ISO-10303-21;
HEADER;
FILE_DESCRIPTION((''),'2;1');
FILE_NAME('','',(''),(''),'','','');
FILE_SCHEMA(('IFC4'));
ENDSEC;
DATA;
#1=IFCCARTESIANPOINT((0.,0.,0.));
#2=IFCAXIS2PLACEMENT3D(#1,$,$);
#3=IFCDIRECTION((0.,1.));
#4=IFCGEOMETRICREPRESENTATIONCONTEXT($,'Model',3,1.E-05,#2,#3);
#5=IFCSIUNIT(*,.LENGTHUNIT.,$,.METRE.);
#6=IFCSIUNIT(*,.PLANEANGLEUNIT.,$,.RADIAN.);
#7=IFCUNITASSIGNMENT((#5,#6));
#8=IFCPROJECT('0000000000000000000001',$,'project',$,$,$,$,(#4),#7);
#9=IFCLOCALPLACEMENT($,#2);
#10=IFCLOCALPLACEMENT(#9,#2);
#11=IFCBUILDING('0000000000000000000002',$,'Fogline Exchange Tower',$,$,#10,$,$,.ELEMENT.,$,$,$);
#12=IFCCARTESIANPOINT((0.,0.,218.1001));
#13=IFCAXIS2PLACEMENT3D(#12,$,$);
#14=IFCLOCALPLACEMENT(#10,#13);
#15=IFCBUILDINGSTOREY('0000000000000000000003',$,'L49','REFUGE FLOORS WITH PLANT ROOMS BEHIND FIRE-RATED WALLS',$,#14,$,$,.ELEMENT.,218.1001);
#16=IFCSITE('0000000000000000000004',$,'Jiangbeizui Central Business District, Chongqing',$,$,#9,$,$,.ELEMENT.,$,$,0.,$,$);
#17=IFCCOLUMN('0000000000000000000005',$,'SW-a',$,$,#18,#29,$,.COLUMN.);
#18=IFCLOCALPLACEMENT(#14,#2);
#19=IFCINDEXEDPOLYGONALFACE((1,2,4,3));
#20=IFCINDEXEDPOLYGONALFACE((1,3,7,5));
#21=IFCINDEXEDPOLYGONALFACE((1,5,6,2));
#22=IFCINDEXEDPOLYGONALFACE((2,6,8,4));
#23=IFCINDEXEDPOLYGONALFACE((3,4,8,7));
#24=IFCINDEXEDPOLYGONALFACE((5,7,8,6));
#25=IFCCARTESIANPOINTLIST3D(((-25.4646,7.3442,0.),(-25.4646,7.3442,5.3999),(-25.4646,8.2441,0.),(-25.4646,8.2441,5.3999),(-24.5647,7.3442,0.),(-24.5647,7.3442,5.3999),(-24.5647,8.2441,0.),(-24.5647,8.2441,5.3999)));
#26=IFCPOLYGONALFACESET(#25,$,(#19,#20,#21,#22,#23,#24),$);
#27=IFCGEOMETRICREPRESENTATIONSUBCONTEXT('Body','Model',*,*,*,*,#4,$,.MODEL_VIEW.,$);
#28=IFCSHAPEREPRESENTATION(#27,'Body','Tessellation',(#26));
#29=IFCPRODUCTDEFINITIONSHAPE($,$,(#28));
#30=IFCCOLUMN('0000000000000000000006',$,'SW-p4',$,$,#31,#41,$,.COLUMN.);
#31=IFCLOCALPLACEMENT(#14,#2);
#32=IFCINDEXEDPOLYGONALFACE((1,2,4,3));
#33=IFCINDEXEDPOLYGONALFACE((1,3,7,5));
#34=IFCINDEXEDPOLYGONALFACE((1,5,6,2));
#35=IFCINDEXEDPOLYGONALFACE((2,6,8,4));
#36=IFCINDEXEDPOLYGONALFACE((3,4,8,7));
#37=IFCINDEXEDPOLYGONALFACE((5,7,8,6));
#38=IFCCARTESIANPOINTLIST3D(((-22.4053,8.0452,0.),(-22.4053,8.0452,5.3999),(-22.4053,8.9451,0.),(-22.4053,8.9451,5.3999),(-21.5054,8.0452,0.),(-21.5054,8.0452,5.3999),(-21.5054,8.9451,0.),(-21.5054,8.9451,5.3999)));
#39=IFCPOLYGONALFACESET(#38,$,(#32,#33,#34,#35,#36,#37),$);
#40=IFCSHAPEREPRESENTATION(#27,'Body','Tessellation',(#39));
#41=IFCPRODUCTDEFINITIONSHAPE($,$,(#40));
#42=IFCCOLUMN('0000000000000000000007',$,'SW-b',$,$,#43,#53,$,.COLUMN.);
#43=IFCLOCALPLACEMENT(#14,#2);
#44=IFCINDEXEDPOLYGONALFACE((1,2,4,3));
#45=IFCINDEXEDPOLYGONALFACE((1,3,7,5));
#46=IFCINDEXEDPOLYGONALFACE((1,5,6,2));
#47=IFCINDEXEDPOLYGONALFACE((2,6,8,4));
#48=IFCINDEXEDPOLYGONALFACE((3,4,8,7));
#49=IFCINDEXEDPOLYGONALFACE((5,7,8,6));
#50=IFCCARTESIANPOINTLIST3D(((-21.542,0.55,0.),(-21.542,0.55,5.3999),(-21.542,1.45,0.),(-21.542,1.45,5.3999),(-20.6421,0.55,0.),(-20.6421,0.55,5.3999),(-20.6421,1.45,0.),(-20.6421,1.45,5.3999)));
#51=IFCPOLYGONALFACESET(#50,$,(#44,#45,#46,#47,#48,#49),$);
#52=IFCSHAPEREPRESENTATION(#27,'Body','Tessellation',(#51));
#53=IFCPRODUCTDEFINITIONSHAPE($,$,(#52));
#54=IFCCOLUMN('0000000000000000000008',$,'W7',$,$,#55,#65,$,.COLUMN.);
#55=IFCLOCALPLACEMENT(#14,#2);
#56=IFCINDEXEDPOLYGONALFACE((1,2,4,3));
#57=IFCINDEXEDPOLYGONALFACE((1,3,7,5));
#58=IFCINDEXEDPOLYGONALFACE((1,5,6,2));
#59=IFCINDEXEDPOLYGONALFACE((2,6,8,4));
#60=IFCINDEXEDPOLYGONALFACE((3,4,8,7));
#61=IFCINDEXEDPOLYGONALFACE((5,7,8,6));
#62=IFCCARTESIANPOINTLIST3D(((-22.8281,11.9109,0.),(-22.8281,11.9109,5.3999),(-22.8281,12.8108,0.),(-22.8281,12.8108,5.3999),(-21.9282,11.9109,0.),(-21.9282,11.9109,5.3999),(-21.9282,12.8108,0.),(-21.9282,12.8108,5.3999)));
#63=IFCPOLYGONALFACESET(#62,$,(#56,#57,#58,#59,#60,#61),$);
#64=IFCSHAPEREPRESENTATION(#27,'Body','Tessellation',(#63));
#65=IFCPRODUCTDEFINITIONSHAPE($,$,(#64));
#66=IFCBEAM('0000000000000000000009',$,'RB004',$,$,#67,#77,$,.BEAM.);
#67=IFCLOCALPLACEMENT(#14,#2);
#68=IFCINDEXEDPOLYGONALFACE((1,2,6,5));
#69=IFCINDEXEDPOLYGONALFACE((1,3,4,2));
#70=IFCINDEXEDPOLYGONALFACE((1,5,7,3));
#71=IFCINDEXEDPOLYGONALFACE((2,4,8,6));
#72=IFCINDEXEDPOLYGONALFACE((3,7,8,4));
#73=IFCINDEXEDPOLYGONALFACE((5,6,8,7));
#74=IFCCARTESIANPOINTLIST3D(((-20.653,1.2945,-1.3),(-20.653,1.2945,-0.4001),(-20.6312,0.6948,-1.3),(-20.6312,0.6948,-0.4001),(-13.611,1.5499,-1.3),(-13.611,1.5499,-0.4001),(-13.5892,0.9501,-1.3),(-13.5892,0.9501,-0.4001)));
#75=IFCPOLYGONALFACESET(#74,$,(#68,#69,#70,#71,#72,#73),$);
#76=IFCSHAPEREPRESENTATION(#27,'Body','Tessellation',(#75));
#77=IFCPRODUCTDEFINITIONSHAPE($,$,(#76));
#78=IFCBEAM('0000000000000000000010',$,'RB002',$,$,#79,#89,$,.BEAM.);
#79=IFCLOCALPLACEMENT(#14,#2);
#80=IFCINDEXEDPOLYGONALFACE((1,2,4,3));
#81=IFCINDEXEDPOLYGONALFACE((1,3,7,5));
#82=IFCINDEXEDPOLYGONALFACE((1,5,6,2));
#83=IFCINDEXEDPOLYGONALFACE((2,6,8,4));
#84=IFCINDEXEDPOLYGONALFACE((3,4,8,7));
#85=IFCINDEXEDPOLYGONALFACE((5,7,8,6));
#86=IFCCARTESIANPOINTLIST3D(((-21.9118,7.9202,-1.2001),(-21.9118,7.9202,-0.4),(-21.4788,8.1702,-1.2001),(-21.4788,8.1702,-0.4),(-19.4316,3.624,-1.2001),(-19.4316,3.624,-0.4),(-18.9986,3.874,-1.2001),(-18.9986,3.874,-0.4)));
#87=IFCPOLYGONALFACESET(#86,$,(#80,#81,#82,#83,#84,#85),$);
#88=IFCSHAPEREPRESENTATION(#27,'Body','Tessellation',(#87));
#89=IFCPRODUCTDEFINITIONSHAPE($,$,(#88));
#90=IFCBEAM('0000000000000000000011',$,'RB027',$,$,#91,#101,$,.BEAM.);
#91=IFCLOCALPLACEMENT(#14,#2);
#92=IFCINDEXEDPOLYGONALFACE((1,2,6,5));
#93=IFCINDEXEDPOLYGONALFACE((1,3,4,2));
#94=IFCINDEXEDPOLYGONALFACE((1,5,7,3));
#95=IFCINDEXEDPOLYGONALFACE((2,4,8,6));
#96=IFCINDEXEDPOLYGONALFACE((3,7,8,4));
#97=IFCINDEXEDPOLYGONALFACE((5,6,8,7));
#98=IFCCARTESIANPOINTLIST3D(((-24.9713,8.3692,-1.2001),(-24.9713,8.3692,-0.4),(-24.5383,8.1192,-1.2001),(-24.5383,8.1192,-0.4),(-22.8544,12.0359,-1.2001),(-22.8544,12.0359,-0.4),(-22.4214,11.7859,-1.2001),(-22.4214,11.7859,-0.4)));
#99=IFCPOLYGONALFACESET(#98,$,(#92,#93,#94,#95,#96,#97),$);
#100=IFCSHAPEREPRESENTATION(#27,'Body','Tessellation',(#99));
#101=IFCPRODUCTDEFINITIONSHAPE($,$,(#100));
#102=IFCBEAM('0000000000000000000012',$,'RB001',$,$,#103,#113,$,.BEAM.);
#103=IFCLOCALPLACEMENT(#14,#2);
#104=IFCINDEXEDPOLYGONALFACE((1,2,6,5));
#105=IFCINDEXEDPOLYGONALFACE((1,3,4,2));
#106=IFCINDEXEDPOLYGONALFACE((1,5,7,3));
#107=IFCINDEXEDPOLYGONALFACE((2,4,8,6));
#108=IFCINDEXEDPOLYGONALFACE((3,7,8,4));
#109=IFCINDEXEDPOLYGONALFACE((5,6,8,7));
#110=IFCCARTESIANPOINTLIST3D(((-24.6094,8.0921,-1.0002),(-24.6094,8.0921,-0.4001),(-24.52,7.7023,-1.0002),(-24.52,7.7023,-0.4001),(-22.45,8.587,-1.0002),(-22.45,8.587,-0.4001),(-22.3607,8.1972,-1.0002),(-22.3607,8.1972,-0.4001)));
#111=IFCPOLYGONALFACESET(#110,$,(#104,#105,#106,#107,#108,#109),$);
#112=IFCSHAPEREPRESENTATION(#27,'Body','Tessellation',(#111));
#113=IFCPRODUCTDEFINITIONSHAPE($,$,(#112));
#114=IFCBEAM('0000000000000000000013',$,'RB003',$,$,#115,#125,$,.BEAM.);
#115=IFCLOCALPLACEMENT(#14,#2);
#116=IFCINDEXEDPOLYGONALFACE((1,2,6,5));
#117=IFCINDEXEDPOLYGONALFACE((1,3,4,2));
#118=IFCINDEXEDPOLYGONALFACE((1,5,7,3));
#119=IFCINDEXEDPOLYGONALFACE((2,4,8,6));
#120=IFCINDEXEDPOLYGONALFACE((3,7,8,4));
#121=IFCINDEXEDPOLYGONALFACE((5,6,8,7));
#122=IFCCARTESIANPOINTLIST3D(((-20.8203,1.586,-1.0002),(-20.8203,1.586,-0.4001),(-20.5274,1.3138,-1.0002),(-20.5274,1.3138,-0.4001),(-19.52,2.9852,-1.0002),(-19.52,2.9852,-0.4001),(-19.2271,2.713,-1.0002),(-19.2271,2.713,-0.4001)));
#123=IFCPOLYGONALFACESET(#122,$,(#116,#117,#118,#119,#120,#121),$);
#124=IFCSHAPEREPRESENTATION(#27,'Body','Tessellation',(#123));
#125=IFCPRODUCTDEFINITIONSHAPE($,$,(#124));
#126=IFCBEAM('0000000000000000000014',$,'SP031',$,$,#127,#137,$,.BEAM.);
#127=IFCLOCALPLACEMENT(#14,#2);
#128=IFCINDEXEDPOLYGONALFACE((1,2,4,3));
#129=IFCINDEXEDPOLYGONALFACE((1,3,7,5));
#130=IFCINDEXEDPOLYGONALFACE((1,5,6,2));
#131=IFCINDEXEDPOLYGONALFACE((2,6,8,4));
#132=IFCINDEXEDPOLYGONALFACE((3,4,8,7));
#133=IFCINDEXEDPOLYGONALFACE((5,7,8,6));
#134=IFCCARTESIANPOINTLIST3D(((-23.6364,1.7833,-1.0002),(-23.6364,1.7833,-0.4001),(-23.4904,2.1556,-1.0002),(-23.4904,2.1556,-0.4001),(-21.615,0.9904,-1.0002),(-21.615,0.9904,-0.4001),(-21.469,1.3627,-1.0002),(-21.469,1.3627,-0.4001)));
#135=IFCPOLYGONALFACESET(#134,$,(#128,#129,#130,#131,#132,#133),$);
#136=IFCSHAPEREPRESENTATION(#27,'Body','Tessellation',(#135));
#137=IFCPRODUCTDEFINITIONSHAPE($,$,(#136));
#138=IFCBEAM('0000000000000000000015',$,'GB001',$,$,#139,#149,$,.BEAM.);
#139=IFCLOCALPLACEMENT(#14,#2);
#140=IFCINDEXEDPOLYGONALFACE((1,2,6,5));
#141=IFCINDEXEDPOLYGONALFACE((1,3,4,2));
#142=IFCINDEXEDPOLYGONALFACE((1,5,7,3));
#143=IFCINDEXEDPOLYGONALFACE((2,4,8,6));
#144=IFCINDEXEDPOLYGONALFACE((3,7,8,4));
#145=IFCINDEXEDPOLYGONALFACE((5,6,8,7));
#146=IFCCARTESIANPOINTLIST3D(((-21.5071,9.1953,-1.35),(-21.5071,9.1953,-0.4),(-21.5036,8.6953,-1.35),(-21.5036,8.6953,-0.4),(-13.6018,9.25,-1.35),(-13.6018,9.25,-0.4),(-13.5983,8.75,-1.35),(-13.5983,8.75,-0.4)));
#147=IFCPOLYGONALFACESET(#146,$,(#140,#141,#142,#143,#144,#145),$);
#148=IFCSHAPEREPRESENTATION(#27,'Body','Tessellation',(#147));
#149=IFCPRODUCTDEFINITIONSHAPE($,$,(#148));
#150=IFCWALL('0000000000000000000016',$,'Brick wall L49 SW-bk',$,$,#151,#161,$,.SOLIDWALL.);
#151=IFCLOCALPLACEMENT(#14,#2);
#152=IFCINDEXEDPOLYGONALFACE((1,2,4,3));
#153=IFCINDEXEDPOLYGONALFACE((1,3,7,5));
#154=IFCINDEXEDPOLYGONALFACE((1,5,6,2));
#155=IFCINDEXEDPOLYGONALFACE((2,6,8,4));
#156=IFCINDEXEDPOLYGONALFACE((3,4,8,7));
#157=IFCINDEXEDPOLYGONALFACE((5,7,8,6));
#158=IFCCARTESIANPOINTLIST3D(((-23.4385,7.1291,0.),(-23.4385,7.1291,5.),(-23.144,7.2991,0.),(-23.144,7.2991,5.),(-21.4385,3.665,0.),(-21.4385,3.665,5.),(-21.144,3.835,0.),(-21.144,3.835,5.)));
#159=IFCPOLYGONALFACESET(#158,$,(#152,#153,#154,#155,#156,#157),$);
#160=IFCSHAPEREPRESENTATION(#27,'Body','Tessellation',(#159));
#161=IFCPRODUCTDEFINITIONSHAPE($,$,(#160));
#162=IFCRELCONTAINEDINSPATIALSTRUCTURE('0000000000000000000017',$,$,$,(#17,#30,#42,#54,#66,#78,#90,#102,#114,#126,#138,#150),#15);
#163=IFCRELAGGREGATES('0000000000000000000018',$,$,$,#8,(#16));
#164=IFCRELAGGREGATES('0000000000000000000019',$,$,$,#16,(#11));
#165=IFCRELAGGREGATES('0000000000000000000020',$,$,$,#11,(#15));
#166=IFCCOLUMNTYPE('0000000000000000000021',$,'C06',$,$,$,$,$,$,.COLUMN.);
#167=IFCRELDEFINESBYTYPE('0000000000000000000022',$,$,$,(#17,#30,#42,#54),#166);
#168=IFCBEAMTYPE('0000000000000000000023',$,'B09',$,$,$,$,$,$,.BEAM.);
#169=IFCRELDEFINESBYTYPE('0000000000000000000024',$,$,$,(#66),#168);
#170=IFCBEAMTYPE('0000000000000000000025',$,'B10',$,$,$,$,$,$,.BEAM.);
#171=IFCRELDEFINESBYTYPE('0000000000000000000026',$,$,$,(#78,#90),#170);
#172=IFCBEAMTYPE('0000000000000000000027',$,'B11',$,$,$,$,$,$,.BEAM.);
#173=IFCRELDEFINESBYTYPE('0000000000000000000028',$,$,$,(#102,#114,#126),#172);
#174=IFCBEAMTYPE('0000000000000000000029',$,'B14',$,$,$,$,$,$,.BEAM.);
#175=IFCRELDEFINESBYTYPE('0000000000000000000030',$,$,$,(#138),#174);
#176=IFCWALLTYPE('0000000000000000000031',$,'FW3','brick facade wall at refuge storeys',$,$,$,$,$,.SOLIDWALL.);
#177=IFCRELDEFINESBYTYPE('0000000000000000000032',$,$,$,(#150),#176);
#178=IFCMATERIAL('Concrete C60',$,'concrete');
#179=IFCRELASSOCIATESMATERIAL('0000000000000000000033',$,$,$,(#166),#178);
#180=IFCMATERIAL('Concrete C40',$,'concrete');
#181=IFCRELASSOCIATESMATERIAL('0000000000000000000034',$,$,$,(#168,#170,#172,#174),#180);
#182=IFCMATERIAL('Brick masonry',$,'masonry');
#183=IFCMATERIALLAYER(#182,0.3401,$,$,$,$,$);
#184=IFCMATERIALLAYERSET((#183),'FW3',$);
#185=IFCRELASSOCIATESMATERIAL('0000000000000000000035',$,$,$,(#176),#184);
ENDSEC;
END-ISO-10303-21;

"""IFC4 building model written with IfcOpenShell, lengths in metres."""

from ifc_helpers import new_model, si_unit, direction, frame, frame_2d, origin, origin_2d, place, context, subcontext, project, spatial, rectangle, extrude, material, layer, layer_set, material_profile, profile_set, type_object, element, save


model = new_model("IFC4")

# Units and contexts
model_context = context("Model", 3, precision=1e-05, world=origin(), true_north=direction((0.0, 1.0)))
body_context = subcontext(model_context, "Body", "Model", "MODEL_VIEW")
ifc_project = project(units=[si_unit("LENGTHUNIT", "METRE"), si_unit("PLANEANGLEUNIT", "RADIAN")], contexts=[model_context])

# Site, building, storey
site_placement = place(None, origin())
site = spatial("IfcSite", under=ifc_project, at=site_placement, Name="Jiangbeizui Central Business District, Chongqing", CompositionType="ELEMENT", RefElevation=0.0)
building_placement = place(site_placement, origin())
building = spatial("IfcBuilding", under=site, at=building_placement, Name="Fogline Exchange Tower", CompositionType="ELEMENT")
storey_placement = place(building_placement, frame((0.0, 0.0, 218.1001)))
storey = spatial("IfcBuildingStorey", under=building, at=storey_placement, Name="L49", Description="REFUGE FLOORS WITH PLANT ROOMS BEHIND FIRE-RATED WALLS", CompositionType="ELEMENT", Elevation=218.1001)

# Columns
ifc_material_1 = material(Name="Concrete C60", Category="concrete")
ifc_material_profile_1 = material_profile(ifc_material_1, rectangle(XDim=0.8999, YDim=0.8999, at=origin_2d()), Name="RC 900x900")
ifc_profile_set_1 = profile_set([ifc_material_profile_1], Name="Concrete C60")
column_type = type_object("IfcColumnType", Name="C06", PredefinedType="COLUMN", material=ifc_profile_set_1)
for number, where, z_axis, x_axis, name in (
    (1, (-25.0146, 7.7942, 0.0), (0.0, 0.0, 1.0), (1.0, 0.0, 0.0), "SW-a"),
    (2, (-21.9553, 8.4951, 0.0), (0.0, 0.0, 1.0), (1.0, 0.0, 0.0), "SW-p4"),
    (3, (-21.092, 1.0, 0.0), (0.0, 0.0, 1.0), (1.0, 0.0, 0.0), "SW-b"),
    (4, (-22.3782, 12.3608, 0.0), (0.0, 0.0, 1.0), (1.0, 0.0, 0.0), "W7"),
):
    element("IfcColumn", number, at=place(storey_placement, frame(where, z_axis=z_axis, x_axis=x_axis)), inside=storey, type_object=column_type, Name=name, PredefinedType="COLUMN", context=body_context, shape_type="SweptSolid", body=[
        extrude(rectangle(XDim=0.8999, YDim=0.8999, at=origin_2d()), origin(), (0.0, 0.0, 1.0), 5.3999),
    ])

# Beams
ifc_material_2 = material(Name="Concrete C40", Category="concrete")
ifc_material_profile_2 = material_profile(ifc_material_2, rectangle(XDim=0.6001, YDim=0.8999, at=origin_2d()), Name="RC 600x900")
ifc_profile_set_2 = profile_set([ifc_material_profile_2], Name="Concrete C40")
beam_type_1 = type_object("IfcBeamType", Name="B09", PredefinedType="BEAM", material=ifc_profile_set_2)
beam_1_placement = place(storey_placement, frame((-20.6421, 0.9946, -0.8501), z_axis=(0.999343, 0.03624, 0.0), x_axis=(-0.03624, 0.999343, 0.0)))
element("IfcBeam", 5, at=beam_1_placement, inside=storey, type_object=beam_type_1, Name="RB004", PredefinedType="BEAM", context=body_context, shape_type="SweptSolid", body=[
    extrude(rectangle(XDim=0.6001, YDim=0.8999, at=origin_2d()), origin(), (0.0, 0.0, 1.0), 7.0466),
])
ifc_material_profile_3 = material_profile(ifc_material_2, rectangle(XDim=0.5, YDim=0.8, at=origin_2d()), Name="RC 500x800")
ifc_profile_set_3 = profile_set([ifc_material_profile_3], Name="Concrete C40")
beam_type_2 = type_object("IfcBeamType", Name="B10", PredefinedType="BEAM", material=ifc_profile_set_3)
beam_2_placement = place(storey_placement, frame((-21.6953, 8.0452, -0.8), z_axis=(0.499977, -0.866039, 0.0), x_axis=(0.866039, 0.499977, 0.0)))
element("IfcBeam", 6, at=beam_2_placement, inside=storey, type_object=beam_type_2, Name="RB002", PredefinedType="BEAM", context=body_context, shape_type="SweptSolid", body=[
    extrude(rectangle(XDim=0.5, YDim=0.8, at=origin_2d()), origin(), (0.0, 0.0, 1.0), 4.9607),
])
beam_3_placement = place(storey_placement, frame((-22.6379, 11.9109, -0.8), z_axis=(-0.49999, -0.866031, 0.0), x_axis=(0.866031, -0.49999, 0.0)))
element("IfcBeam", 7, at=beam_3_placement, inside=storey, type_object=beam_type_2, Name="RB027", PredefinedType="BEAM", context=body_context, shape_type="SweptSolid", body=[
    extrude(rectangle(XDim=0.5, YDim=0.8, at=origin_2d()), origin(), (0.0, 0.0, 1.0), 4.2339),
])
ifc_material_profile_4 = material_profile(ifc_material_2, rectangle(XDim=0.3999, YDim=0.6001, at=origin_2d()), Name="RC 400x600")
ifc_profile_set_4 = profile_set([ifc_material_profile_4], Name="Concrete C40")
beam_type_3 = type_object("IfcBeamType", Name="B11", PredefinedType="BEAM", material=ifc_profile_set_4)
beam_4_placement = place(storey_placement, frame((-24.5647, 7.8972, -0.7002), z_axis=(0.974732, 0.223378, 0.0), x_axis=(-0.223378, 0.974732, 0.0)))
element("IfcBeam", 8, at=beam_4_placement, inside=storey, type_object=beam_type_3, Name="RB001", PredefinedType="BEAM", context=body_context, shape_type="SweptSolid", body=[
    extrude(rectangle(XDim=0.3999, YDim=0.6001, at=origin_2d()), origin(), (0.0, 0.0, 1.0), 2.2153),
])
beam_5_placement = place(storey_placement, frame((-19.3735, 2.8491, -0.7002), z_axis=(-0.68075, -0.732516, 0.0), x_axis=(0.732516, -0.68075, 0.0)))
element("IfcBeam", 9, at=beam_5_placement, inside=storey, type_object=beam_type_3, Name="RB003", PredefinedType="BEAM", context=body_context, shape_type="SweptSolid", body=[
    extrude(rectangle(XDim=0.3999, YDim=0.6001, at=origin_2d()), origin(), (0.0, 0.0, 1.0), 1.9102),
])
beam_6_placement = place(storey_placement, frame((-21.542, 1.1765, -0.7002), z_axis=(-0.930937, 0.365179, 0.0), x_axis=(-0.365179, -0.930937, 0.0)))
element("IfcBeam", 10, at=beam_6_placement, inside=storey, type_object=beam_type_3, Name="SP031", PredefinedType="BEAM", context=body_context, shape_type="SweptSolid", body=[
    extrude(rectangle(XDim=0.3999, YDim=0.6001, at=origin_2d()), origin(), (0.0, 0.0, 1.0), 2.1714),
])
ifc_material_profile_5 = material_profile(ifc_material_2, rectangle(XDim=0.5, YDim=0.95, at=origin_2d()), Name="RC 500x950")
ifc_profile_set_5 = profile_set([ifc_material_profile_5], Name="Concrete C40")
beam_type_4 = type_object("IfcBeamType", Name="B14", PredefinedType="BEAM", material=ifc_profile_set_5)
beam_7_placement = place(storey_placement, frame((-21.5054, 8.9453, -0.875), z_axis=(0.999976, 0.006918, 0.0), x_axis=(-0.006918, 0.999976, 0.0)))
element("IfcBeam", 11, at=beam_7_placement, inside=storey, type_object=beam_type_4, Name="GB001", PredefinedType="BEAM", context=body_context, shape_type="SweptSolid", body=[
    extrude(rectangle(XDim=0.5, YDim=0.95, at=origin_2d()), origin(), (0.0, 0.0, 1.0), 7.9055),
])

# Wall
ifc_material_3 = material(Name="Brick masonry", Category="masonry")
ifc_layer = layer(ifc_material_3, 0.3401)
ifc_layer_set = layer_set([ifc_layer], Name="FW3")
wall_type = type_object("IfcWallType", Name="FW3", Description="brick facade wall at refuge storeys", PredefinedType="SOLIDWALL", material=ifc_layer_set)
wall_1_placement = place(storey_placement, frame((-23.2913, 7.2141, 0.0), z_axis=(0.0, 0.0, 1.0), x_axis=(0.499999, -0.866026, 0.0)))
element("IfcWall", 12, at=wall_1_placement, inside=storey, type_object=wall_type, Name="Brick wall L49 SW-bk", PredefinedType="SOLIDWALL", context=body_context, shape_type="SweptSolid", body=[
    extrude(rectangle(XDim=4.0, YDim=0.3401, at=frame_2d((2.0, 0.0))), origin(), (0.0, 0.0, 1.0), 5.0),
])

save(model, "model.ifc")
